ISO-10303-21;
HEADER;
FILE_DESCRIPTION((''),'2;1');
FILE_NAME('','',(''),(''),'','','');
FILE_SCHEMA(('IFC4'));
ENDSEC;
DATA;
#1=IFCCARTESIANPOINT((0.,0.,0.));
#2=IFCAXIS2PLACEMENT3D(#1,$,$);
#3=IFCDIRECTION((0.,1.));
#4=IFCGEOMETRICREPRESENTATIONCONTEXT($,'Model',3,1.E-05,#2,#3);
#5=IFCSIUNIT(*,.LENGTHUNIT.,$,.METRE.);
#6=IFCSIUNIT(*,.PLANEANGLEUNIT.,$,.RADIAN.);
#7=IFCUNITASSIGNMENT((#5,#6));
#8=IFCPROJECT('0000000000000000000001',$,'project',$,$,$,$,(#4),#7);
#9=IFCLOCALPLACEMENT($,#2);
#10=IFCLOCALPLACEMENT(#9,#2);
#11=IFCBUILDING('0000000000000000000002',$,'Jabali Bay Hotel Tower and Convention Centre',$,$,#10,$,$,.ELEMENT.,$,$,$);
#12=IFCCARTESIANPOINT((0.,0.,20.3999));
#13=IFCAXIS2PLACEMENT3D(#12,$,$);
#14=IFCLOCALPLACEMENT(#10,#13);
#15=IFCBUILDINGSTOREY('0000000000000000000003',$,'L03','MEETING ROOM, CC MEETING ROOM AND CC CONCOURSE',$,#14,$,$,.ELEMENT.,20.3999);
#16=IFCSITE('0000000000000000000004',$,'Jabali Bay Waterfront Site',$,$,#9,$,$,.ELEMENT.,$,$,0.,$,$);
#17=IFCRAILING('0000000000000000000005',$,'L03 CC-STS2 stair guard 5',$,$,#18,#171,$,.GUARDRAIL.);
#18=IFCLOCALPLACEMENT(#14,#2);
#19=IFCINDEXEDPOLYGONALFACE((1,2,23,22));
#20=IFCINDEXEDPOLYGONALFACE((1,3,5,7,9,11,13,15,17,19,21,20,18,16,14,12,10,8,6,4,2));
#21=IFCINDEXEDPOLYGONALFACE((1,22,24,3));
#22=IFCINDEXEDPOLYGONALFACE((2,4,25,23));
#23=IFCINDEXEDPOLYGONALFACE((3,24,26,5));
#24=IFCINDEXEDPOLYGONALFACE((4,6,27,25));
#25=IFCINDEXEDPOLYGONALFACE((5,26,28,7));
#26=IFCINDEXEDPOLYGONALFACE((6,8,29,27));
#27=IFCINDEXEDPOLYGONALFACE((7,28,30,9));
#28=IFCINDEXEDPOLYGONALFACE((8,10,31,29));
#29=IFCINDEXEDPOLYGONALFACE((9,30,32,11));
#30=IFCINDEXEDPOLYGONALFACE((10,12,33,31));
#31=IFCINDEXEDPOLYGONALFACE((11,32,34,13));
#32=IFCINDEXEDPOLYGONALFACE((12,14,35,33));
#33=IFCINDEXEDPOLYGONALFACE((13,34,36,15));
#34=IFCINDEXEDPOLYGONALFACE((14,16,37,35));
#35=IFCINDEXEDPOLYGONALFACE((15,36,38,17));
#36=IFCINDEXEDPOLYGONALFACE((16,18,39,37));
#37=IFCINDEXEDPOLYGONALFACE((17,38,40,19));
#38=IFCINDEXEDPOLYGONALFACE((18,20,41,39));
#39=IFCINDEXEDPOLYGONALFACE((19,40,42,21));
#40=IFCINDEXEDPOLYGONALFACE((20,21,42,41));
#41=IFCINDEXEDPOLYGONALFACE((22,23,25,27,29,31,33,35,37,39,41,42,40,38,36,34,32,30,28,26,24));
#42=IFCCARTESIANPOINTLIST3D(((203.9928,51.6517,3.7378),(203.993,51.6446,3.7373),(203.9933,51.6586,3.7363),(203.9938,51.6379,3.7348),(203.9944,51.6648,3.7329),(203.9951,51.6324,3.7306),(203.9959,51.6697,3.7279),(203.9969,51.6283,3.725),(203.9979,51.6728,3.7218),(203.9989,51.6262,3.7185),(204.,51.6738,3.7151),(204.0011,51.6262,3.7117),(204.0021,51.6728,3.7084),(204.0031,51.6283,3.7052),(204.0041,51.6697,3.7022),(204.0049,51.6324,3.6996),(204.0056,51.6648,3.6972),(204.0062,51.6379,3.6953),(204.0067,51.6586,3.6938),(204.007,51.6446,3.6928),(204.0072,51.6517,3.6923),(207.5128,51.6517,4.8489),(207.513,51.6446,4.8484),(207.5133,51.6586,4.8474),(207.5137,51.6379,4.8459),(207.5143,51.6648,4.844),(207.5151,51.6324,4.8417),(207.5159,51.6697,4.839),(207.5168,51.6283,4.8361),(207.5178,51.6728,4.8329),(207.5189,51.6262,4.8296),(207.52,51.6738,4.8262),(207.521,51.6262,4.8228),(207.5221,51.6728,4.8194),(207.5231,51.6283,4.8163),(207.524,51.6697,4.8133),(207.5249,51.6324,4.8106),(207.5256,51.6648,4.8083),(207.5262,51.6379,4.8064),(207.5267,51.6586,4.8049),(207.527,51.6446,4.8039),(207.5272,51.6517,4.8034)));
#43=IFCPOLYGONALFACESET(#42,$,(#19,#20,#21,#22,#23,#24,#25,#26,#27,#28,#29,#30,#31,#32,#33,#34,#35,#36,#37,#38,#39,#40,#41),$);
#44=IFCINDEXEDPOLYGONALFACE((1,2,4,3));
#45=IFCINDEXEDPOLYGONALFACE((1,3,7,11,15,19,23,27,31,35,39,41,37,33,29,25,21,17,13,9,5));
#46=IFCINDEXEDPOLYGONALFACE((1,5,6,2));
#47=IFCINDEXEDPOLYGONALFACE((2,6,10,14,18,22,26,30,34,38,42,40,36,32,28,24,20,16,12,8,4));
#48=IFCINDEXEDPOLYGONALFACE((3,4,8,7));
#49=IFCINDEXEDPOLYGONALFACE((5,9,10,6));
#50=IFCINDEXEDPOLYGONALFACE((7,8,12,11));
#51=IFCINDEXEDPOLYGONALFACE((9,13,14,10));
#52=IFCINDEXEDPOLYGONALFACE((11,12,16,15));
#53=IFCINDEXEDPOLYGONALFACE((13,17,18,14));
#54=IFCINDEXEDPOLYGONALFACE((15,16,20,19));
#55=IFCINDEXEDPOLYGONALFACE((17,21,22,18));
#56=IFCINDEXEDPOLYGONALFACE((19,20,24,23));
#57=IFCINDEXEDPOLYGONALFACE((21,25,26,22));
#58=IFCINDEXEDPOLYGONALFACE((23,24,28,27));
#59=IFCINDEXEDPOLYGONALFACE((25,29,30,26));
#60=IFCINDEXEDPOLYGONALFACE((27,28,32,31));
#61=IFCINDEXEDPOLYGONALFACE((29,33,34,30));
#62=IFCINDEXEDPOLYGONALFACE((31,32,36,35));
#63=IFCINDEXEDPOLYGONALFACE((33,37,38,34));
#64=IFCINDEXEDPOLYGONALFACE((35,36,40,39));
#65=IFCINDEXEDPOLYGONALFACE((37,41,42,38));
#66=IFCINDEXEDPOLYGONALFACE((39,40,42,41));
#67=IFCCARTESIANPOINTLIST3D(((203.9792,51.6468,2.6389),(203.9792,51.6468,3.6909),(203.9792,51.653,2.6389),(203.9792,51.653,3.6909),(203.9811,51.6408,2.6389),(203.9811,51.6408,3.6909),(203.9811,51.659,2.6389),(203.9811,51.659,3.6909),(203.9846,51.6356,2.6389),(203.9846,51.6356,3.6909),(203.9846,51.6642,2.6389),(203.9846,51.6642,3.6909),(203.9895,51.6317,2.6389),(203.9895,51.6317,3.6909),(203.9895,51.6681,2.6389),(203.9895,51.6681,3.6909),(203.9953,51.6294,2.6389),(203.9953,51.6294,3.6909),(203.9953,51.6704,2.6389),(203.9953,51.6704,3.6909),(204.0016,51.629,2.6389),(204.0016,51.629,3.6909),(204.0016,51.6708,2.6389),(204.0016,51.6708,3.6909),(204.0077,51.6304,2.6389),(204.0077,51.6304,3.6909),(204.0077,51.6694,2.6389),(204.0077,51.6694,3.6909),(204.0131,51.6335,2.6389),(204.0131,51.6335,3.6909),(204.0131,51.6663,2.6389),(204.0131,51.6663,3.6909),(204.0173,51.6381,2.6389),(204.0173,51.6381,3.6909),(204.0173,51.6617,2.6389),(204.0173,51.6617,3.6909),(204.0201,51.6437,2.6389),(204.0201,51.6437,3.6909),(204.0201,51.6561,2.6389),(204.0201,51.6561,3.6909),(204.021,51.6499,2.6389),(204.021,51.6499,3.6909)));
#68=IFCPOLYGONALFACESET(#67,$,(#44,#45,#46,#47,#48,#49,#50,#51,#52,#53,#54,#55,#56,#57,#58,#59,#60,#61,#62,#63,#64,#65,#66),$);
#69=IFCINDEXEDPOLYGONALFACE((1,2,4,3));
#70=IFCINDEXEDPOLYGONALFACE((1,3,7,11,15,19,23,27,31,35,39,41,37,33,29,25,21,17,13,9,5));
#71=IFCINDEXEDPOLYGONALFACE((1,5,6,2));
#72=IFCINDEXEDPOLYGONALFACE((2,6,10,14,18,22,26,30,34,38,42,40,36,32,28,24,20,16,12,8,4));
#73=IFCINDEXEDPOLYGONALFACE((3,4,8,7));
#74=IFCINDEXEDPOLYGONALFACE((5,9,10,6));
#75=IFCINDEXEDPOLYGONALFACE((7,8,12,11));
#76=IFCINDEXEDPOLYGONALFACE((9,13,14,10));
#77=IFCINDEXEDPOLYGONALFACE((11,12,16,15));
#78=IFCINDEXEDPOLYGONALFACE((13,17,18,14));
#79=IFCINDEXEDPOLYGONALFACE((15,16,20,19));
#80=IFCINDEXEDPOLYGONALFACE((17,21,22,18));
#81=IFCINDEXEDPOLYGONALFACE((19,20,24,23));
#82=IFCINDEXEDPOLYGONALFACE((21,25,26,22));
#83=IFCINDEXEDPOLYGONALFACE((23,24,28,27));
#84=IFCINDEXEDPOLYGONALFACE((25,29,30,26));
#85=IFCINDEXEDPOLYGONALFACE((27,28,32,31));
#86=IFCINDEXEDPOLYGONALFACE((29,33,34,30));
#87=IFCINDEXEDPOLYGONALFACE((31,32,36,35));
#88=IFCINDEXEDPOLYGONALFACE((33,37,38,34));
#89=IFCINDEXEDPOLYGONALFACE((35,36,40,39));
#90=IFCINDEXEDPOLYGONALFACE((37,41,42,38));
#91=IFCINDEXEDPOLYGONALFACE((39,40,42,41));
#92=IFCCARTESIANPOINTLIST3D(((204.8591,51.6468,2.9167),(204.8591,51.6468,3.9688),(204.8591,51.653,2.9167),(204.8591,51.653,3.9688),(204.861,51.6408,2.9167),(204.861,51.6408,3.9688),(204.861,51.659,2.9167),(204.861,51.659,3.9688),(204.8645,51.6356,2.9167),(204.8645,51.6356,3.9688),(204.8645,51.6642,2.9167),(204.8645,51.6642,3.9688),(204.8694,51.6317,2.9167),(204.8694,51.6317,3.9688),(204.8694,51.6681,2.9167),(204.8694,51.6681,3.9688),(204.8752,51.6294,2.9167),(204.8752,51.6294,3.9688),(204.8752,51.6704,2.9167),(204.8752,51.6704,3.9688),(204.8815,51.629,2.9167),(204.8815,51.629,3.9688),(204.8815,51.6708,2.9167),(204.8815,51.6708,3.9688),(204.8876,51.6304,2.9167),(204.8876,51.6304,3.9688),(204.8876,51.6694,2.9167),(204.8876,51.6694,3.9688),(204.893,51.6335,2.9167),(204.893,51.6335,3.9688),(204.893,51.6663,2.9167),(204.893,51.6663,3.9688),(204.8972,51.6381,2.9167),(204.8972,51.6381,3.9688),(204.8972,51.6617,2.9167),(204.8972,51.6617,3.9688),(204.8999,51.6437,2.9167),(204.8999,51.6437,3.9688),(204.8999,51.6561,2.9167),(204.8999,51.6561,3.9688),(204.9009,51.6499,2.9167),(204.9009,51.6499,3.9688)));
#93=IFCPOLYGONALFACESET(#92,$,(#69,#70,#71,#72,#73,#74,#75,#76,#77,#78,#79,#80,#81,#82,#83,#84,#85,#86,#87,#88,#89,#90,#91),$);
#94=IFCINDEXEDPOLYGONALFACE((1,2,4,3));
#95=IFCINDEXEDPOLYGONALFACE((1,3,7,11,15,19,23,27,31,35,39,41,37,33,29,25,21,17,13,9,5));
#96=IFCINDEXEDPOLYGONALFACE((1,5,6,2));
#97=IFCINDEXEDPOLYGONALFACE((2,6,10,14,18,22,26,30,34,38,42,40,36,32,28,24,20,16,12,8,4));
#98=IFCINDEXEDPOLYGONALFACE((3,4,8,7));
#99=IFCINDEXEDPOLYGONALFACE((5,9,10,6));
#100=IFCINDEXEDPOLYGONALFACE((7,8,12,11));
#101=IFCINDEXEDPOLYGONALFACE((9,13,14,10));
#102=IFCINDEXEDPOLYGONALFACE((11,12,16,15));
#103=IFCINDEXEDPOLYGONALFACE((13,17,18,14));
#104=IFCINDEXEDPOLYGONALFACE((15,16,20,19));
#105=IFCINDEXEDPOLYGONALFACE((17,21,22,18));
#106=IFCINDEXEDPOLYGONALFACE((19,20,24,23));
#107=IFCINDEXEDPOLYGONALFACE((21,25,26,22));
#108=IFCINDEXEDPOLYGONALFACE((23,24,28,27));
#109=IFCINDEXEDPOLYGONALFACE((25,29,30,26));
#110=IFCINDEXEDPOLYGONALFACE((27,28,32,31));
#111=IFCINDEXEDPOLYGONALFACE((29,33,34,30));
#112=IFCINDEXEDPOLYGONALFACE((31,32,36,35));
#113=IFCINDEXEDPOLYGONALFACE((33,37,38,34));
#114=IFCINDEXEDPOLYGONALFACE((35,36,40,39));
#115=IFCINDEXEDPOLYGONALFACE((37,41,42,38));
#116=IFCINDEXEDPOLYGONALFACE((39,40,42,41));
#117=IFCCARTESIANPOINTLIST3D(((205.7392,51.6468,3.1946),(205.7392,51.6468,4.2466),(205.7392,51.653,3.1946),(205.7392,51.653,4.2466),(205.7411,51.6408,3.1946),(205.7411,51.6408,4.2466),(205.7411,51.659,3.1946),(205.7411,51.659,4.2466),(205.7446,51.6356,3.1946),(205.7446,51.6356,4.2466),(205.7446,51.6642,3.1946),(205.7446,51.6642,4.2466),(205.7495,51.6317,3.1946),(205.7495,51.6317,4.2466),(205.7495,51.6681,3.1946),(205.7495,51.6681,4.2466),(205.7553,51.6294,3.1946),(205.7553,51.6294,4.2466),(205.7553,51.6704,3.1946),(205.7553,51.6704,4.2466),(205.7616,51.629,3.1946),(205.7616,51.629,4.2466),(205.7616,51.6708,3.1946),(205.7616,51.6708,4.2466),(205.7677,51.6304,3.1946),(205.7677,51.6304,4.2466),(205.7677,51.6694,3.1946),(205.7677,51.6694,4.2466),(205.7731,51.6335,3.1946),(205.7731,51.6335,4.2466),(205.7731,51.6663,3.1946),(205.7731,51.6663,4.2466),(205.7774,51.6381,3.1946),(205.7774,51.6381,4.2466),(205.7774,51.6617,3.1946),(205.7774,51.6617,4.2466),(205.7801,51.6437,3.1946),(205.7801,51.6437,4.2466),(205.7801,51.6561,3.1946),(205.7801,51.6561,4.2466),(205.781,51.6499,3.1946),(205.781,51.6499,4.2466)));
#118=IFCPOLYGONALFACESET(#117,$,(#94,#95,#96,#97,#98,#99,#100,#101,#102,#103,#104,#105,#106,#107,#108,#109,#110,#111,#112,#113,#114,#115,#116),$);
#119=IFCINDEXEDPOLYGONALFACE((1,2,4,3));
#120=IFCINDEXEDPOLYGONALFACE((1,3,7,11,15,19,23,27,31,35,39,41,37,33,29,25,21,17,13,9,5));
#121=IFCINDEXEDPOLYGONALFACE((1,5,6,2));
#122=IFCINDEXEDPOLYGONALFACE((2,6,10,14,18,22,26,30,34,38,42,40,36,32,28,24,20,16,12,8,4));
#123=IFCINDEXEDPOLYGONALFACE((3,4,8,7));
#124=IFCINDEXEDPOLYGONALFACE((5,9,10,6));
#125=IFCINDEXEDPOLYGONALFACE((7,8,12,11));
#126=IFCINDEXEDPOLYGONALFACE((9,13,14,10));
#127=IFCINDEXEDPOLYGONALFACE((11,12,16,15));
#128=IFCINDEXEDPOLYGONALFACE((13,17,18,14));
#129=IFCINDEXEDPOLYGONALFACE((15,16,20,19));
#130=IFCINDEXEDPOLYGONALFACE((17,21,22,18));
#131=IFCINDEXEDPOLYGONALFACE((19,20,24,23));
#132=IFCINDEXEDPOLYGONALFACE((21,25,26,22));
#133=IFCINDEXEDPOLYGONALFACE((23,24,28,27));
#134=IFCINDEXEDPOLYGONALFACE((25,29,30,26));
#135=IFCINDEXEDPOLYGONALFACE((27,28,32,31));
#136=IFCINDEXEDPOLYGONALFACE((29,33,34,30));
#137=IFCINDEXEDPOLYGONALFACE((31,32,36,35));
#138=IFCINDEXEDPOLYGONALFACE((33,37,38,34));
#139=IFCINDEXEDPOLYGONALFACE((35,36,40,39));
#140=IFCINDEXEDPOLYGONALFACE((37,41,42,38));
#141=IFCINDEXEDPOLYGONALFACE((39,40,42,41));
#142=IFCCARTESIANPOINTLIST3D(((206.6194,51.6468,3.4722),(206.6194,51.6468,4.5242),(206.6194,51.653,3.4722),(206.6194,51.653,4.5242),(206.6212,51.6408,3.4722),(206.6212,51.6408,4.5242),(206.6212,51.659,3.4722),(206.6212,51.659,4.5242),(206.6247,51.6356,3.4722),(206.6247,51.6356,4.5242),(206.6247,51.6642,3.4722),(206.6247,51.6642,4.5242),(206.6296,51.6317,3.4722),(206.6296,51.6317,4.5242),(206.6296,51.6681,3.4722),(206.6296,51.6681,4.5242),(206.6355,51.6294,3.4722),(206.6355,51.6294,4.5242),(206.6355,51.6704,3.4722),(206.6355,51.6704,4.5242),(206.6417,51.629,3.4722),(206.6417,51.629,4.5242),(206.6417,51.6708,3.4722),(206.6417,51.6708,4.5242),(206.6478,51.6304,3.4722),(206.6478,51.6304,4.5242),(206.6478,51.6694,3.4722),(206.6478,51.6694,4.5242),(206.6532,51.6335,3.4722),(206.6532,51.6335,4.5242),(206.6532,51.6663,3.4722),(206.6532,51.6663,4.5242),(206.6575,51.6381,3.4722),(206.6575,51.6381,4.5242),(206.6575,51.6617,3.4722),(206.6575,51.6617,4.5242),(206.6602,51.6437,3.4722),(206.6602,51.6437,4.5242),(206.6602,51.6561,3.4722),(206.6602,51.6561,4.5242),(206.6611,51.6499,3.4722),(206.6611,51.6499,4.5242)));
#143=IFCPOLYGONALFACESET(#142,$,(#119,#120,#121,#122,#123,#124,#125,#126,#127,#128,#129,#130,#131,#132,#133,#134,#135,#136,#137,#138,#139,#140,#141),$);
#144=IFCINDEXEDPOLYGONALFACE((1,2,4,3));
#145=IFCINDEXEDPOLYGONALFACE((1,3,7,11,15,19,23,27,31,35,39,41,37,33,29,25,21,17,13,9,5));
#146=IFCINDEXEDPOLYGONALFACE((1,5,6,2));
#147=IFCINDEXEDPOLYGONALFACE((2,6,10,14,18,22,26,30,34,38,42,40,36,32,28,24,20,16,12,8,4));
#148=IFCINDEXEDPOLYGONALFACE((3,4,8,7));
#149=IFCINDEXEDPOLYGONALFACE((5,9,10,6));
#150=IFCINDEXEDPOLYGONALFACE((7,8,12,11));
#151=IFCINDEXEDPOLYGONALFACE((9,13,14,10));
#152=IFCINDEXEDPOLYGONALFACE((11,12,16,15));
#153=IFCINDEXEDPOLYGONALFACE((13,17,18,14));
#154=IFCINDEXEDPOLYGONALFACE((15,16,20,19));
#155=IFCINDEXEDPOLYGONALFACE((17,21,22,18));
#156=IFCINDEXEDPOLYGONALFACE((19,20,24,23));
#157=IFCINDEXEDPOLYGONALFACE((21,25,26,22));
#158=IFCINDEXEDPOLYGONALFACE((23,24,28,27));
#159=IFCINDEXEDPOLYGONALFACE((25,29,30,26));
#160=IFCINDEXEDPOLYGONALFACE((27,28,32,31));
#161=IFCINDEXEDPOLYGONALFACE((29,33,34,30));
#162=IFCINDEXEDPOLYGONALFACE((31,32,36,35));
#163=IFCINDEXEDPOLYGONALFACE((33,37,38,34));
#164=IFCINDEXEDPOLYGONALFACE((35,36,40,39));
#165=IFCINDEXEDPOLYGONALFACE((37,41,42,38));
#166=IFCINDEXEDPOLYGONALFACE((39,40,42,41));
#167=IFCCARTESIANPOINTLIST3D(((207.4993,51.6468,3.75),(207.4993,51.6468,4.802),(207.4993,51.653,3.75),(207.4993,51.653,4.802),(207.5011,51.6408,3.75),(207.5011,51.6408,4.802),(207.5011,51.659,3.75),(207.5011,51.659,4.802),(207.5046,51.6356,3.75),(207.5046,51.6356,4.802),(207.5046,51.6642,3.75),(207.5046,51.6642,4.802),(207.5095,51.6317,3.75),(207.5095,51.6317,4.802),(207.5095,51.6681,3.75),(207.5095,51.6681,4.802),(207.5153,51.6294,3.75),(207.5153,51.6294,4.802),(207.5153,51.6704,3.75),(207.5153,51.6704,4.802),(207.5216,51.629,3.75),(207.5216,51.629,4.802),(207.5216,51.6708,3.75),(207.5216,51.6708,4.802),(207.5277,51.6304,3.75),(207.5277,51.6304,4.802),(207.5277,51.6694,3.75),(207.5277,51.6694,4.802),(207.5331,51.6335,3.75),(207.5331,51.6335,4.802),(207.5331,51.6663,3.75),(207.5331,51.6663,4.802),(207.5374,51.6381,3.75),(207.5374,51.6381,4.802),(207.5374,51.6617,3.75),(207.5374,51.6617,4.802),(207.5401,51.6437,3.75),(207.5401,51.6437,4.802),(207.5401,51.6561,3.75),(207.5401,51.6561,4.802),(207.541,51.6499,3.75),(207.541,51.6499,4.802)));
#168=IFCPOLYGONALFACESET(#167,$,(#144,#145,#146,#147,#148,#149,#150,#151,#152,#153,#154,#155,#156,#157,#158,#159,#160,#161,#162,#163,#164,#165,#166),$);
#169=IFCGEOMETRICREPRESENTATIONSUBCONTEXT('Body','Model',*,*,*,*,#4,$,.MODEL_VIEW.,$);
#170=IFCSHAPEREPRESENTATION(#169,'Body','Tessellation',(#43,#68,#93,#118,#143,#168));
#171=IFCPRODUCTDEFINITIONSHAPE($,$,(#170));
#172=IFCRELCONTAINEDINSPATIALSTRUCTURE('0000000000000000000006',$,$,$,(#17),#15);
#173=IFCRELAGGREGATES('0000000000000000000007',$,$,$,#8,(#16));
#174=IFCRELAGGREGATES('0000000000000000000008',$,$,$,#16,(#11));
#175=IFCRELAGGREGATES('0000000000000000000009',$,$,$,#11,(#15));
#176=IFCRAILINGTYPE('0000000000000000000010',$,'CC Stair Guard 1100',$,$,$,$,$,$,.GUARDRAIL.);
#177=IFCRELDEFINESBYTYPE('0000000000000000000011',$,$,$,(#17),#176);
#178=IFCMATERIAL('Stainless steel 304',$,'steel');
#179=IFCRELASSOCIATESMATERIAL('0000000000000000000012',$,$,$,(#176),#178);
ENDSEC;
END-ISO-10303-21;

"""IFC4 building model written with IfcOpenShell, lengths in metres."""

from ifc_helpers import new_model, si_unit, direction, frame, origin, origin_2d, place, context, subcontext, project, spatial, circle, extrude, material, type_object, element, save


model = new_model("IFC4")

# Units and contexts
model_context = context("Model", 3, precision=1e-05, world=origin(), true_north=direction((0.0, 1.0)))
body_context = subcontext(model_context, "Body", "Model", "MODEL_VIEW")
ifc_project = project(units=[si_unit("LENGTHUNIT", "METRE"), si_unit("PLANEANGLEUNIT", "RADIAN")], contexts=[model_context])

# Site, building, storey
site_placement = place(None, origin())
site = spatial("IfcSite", under=ifc_project, at=site_placement, Name="Jabali Bay Waterfront Site", CompositionType="ELEMENT", RefElevation=0.0)
building_placement = place(site_placement, origin())
building = spatial("IfcBuilding", under=site, at=building_placement, Name="Jabali Bay Hotel Tower and Convention Centre", CompositionType="ELEMENT")
storey_placement = place(building_placement, frame((0.0, 0.0, 20.3999)))
storey = spatial("IfcBuildingStorey", under=building, at=storey_placement, Name="L03", Description="MEETING ROOM, CC MEETING ROOM AND CC CONCOURSE", CompositionType="ELEMENT", Elevation=20.3999)

# Railing
ifc_material_1 = material(Name="Stainless steel 304", Category="steel")
railing_type_1 = type_object("IfcRailingType", Name="CC Stair Guard 1100", PredefinedType="GUARDRAIL", material=ifc_material_1)
railing_1_placement = place(storey_placement, frame((204.0, 51.6499, 2.6389)))
element("IfcRailing", 1, at=railing_1_placement, inside=storey, type_object=railing_type_1, Name="L03 CC-STS2 stair guard 5", PredefinedType="GUARDRAIL", context=body_context, shape_type="SweptSolid", body=[
    extrude(circle(Radius=0.0239, at=origin_2d()), frame((0.0, 0.0, 1.0762), z_axis=(0.953622, 0.0, 0.301008), x_axis=(0.0, 1.0, 0.0)), (0.0, 0.0, 1.0), 3.6912),
    extrude(circle(Radius=0.021, at=origin_2d()), origin(), (0.0, 0.0, 1.0), 1.052),
    extrude(circle(Radius=0.021, at=origin_2d()), frame((0.8799, 0.0, 0.2778)), (0.0, 0.0, 1.0), 1.052),
    extrude(circle(Radius=0.021, at=origin_2d()), frame((1.76, 0.0, 0.5557)), (0.0, 0.0, 1.0), 1.052),
    extrude(circle(Radius=0.021, at=origin_2d()), frame((2.6401, 0.0, 0.8333)), (0.0, 0.0, 1.0), 1.052),
    extrude(circle(Radius=0.021, at=origin_2d()), frame((3.52, 0.0, 1.1111)), (0.0, 0.0, 1.0), 1.052),
])

save(model, "model.ifc")
